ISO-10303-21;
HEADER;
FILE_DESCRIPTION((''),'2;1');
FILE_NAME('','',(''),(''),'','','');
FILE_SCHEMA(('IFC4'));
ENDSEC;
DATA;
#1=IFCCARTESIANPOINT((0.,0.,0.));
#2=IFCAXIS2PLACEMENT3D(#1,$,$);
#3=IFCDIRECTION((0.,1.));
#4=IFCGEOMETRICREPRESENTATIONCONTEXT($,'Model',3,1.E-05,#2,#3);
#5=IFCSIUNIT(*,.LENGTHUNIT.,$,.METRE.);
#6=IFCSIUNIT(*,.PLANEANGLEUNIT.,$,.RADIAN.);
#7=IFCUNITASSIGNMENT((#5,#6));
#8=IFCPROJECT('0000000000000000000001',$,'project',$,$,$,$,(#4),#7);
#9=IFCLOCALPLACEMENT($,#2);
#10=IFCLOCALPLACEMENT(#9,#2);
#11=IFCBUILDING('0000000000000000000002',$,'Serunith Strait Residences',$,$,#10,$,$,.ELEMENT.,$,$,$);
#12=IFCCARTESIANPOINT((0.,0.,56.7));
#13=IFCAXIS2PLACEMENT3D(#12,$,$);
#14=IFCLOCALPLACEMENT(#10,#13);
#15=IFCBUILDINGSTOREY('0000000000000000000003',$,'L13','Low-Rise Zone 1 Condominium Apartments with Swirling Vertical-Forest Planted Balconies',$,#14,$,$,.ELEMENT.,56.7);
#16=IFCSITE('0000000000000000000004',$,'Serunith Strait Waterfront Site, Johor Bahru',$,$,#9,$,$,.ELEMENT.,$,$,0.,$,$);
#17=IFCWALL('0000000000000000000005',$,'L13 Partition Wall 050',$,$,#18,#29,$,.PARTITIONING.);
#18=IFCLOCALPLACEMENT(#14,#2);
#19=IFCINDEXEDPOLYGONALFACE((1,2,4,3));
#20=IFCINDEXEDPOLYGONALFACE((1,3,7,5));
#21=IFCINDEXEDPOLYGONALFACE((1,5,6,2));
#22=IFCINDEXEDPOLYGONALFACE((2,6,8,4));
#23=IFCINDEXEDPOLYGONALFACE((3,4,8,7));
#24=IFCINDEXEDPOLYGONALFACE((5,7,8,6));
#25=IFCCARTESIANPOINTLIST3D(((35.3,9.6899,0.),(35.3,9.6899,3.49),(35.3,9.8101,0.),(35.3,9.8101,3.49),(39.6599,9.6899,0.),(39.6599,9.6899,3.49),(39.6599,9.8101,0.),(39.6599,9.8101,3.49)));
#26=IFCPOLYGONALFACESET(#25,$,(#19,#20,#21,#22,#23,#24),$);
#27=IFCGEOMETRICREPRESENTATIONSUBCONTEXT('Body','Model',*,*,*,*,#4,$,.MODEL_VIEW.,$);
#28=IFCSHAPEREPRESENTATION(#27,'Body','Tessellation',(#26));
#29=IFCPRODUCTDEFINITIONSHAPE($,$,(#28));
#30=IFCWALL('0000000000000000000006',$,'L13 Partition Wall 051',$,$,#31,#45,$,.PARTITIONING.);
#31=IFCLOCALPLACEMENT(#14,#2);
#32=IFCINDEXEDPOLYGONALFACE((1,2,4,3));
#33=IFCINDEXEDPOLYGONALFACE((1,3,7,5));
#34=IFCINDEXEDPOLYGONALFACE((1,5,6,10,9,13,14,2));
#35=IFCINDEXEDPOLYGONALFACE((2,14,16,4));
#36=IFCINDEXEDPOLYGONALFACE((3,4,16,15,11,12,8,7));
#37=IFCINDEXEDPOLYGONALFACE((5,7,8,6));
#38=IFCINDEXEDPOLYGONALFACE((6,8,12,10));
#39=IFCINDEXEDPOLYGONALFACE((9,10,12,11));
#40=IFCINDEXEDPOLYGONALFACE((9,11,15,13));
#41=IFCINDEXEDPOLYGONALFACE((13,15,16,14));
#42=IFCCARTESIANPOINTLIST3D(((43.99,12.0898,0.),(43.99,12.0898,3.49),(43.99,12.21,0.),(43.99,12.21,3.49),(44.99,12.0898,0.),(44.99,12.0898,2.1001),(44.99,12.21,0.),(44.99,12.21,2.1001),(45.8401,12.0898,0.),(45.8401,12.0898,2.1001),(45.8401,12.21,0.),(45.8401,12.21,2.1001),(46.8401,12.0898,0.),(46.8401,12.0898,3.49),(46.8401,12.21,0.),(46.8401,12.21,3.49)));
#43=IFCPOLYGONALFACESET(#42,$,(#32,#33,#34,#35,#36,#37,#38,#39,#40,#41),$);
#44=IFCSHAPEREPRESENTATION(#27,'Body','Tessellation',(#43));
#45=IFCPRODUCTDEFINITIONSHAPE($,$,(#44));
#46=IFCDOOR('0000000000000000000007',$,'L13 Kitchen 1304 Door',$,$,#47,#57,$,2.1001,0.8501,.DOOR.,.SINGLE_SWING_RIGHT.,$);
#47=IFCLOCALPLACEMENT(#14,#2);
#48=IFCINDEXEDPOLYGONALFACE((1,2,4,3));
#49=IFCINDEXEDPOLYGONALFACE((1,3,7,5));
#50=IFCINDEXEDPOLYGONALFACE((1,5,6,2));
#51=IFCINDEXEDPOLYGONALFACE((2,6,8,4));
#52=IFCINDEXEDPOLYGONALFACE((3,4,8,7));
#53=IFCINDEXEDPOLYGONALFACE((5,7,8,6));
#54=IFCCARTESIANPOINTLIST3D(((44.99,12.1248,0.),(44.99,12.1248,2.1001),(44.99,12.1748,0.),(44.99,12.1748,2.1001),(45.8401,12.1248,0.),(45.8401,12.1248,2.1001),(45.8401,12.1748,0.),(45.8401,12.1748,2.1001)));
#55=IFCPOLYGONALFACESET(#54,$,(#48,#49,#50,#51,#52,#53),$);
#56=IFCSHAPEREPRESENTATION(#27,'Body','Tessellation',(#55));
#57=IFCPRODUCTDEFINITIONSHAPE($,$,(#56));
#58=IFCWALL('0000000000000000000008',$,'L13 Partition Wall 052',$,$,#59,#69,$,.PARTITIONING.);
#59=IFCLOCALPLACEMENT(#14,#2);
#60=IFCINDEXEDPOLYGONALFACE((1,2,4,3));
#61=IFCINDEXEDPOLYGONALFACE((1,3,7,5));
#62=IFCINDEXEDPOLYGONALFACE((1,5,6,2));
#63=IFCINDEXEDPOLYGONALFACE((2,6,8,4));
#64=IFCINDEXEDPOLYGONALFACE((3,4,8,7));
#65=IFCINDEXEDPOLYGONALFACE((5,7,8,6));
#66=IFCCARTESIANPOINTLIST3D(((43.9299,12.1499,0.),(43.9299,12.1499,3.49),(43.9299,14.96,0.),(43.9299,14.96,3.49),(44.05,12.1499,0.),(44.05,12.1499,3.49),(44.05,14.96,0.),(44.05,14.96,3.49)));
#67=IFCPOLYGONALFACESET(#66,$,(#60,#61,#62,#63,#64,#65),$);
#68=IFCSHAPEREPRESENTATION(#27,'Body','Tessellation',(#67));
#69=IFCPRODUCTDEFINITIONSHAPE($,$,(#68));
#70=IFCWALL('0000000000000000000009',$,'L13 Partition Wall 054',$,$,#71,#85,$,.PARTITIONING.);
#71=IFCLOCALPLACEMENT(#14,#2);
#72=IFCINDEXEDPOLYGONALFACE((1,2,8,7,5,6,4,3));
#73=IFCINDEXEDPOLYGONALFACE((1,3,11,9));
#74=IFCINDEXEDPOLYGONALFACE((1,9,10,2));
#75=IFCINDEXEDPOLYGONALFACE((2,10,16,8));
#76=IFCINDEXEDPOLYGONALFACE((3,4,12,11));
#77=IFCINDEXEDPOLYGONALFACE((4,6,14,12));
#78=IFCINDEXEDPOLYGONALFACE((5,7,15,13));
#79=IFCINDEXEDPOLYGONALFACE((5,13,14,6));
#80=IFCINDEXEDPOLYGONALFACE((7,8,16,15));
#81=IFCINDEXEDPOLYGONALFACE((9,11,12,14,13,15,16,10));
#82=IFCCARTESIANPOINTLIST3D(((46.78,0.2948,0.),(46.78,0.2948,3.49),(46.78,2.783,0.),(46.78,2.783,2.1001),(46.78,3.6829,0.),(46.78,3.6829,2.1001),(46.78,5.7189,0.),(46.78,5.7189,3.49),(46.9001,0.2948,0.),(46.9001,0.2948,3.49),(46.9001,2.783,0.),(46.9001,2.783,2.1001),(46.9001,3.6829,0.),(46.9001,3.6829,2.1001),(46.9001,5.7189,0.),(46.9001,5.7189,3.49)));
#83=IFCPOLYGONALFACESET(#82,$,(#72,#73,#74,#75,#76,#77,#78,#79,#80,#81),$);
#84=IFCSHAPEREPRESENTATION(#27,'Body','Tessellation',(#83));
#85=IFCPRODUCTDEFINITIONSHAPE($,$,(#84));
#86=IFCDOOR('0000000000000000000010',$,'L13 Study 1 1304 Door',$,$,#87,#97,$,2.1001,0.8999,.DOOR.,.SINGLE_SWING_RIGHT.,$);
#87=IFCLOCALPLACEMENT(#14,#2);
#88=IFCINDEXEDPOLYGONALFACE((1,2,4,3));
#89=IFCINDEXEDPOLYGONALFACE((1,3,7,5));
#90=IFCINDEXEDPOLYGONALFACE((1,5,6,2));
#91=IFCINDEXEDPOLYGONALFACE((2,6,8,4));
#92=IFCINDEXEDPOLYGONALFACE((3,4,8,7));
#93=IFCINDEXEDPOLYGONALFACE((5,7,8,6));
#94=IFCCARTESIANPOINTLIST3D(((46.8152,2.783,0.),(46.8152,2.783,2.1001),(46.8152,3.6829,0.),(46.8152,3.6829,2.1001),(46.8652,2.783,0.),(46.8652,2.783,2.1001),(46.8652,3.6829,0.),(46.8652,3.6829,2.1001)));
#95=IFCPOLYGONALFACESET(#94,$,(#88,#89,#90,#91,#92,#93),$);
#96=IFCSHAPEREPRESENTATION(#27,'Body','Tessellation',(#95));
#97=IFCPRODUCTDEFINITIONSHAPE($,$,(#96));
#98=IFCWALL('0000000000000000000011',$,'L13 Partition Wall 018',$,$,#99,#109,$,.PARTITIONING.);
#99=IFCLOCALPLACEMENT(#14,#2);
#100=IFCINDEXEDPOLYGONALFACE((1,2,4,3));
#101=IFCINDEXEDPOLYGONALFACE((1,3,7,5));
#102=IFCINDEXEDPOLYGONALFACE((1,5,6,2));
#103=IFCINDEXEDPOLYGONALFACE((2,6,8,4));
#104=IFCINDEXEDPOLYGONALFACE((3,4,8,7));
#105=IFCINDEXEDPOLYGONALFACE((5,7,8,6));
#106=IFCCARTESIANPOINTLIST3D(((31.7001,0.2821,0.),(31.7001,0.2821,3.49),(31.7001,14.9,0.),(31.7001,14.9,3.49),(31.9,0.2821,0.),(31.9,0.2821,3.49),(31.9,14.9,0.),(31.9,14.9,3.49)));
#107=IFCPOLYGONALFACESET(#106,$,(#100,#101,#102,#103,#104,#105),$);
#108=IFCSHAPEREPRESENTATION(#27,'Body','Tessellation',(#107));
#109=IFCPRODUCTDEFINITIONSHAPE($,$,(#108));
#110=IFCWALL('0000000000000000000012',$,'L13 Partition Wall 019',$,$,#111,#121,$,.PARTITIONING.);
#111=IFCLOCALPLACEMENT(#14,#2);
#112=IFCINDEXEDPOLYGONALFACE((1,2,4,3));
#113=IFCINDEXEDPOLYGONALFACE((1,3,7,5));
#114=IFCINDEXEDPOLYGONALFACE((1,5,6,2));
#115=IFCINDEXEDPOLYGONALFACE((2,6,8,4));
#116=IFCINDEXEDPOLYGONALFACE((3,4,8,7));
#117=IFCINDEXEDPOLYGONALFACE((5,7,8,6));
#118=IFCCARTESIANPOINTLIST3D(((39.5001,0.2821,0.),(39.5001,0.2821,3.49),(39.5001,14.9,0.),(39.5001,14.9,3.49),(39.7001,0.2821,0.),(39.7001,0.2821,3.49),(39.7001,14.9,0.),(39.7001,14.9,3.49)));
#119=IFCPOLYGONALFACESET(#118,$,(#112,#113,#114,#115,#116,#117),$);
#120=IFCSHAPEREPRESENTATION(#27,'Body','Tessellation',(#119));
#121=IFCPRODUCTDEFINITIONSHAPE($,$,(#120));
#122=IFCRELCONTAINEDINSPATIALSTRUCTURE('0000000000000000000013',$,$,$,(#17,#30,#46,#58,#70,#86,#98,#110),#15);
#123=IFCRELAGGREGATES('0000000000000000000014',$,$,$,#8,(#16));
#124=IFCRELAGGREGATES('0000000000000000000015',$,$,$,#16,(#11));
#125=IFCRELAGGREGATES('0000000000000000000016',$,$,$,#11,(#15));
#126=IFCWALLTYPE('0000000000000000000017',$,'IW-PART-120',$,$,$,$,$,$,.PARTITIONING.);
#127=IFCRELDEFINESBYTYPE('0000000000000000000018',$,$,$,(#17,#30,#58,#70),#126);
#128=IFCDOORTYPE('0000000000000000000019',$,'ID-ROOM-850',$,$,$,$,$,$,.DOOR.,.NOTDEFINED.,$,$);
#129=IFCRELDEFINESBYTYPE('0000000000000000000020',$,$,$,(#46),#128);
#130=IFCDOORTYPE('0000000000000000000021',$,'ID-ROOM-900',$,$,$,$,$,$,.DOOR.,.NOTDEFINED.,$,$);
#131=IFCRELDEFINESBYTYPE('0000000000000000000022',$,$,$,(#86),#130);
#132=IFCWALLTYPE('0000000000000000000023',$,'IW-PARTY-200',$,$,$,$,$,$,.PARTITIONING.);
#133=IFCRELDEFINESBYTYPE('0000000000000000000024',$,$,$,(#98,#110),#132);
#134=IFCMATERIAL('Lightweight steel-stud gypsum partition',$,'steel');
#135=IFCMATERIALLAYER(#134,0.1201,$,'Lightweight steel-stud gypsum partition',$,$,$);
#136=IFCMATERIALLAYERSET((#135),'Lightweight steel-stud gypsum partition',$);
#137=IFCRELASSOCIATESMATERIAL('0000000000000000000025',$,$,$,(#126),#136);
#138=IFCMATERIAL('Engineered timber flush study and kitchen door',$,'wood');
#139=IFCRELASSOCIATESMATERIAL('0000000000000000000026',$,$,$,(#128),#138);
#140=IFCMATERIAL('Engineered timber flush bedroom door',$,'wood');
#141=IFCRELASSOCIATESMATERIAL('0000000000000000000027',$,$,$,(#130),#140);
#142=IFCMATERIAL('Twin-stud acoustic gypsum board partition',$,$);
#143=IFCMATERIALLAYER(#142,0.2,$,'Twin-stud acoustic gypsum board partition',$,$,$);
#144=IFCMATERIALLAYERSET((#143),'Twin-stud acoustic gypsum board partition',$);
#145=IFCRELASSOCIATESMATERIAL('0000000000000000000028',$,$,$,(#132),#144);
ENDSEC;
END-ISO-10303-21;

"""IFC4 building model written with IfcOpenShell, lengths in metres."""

from ifc_helpers import new_model, si_unit, direction, frame, frame_2d, origin, place, context, subcontext, project, spatial, rectangle, extrude, source, transform, mapped, material, layer, layer_set, type_object, element, fill, save


model = new_model("IFC4")

# Units and contexts
model_context = context("Model", 3, precision=1e-05, world=origin(), true_north=direction((0.0, 1.0)))
body_context = subcontext(model_context, "Body", "Model", "MODEL_VIEW")
ifc_project = project(units=[si_unit("LENGTHUNIT", "METRE"), si_unit("PLANEANGLEUNIT", "RADIAN")], contexts=[model_context])

# Site, building, storey
site_placement = place(None, origin())
site = spatial("IfcSite", under=ifc_project, at=site_placement, Name="Serunith Strait Waterfront Site, Johor Bahru", CompositionType="ELEMENT", RefElevation=0.0)
building_placement = place(site_placement, origin())
building = spatial("IfcBuilding", under=site, at=building_placement, Name="Serunith Strait Residences", CompositionType="ELEMENT")
storey_placement = place(building_placement, frame((0.0, 0.0, 56.7)))
storey = spatial("IfcBuildingStorey", under=building, at=storey_placement, Name="L13", Description="Low-Rise Zone 1 Condominium Apartments with Swirling Vertical-Forest Planted Balconies", CompositionType="ELEMENT", Elevation=56.7)

# Shared definitions
ifc_material_1 = material(Name="Lightweight steel-stud gypsum partition", Category="steel")
ifc_layer_1 = layer(ifc_material_1, 0.1201, Name="Lightweight steel-stud gypsum partition")
ifc_layer_set_1 = layer_set([ifc_layer_1], Name="Lightweight steel-stud gypsum partition")
wall_type_1 = type_object("IfcWallType", Name="IW-PART-120", PredefinedType="PARTITIONING", material=ifc_layer_set_1)
ifc_material_2 = material(Name="Engineered timber flush study and kitchen door", Category="wood")
door_type_1 = type_object("IfcDoorType", Name="ID-ROOM-850", OperationType="NOTDEFINED", PredefinedType="DOOR", material=ifc_material_2)
shared_shape_1 = source(origin(), body_context, "Body", "SweptSolid", [
    extrude(rectangle(XDim=0.8501, YDim=2.1001, at=frame_2d((0.425, 1.05))), frame((0.0, 0.0249, 0.0), z_axis=(0.0, -1.0, 0.0), x_axis=(1.0, 0.0, 0.0)), (0.0, 0.0, 1.0), 0.05),
])

# Wall
for number, where, z_axis, x_axis, name in (
    (1, (35.3, 9.75, 0.0), (0.0, 0.0, 1.0), (1.0, 0.0, 0.0), "L13 Partition Wall 050"),
):
    element("IfcWall", number, at=place(storey_placement, frame(where, z_axis=z_axis, x_axis=x_axis)), inside=storey, type_object=wall_type_1, Name=name, PredefinedType="PARTITIONING", context=body_context, shape_type="SweptSolid", body=[
        extrude(rectangle(XDim=4.3599, YDim=0.1201, at=frame_2d((2.1799, 0.0))), origin(), (0.0, 0.0, 1.0), 3.49),
    ])

# Wall, opening, door
wall_1_placement = place(storey_placement, frame((43.99, 12.1499, 0.0), z_axis=(0.0, 0.0, 1.0), x_axis=(1.0, 0.0, 0.0)))
wall_1 = element("IfcWall", 2, at=wall_1_placement, inside=storey, type_object=wall_type_1, Name="L13 Partition Wall 051", PredefinedType="PARTITIONING", context=body_context, shape_type="SweptSolid", body=[
    extrude(rectangle(XDim=2.8501, YDim=0.1201, at=frame_2d((1.425, 0.0))), origin(), (0.0, 0.0, 1.0), 3.49),
])
opening_1_placement = place(wall_1_placement, frame((1.0, 0.0, 0.0)))
opening_1 = element("IfcOpeningElement", 3, at=opening_1_placement, cuts=wall_1, PredefinedType="OPENING", context=body_context, shape_type="SweptSolid", body=[
    extrude(rectangle(XDim=0.8501, YDim=2.1001, at=frame_2d((0.425, 1.05))), frame((0.0, 0.0701, 0.0), z_axis=(0.0, -1.0, 0.0), x_axis=(1.0, 0.0, 0.0)), (0.0, 0.0, 1.0), 0.1401),
])
door_1_placement = place(opening_1_placement, origin())
door_1 = element("IfcDoor", 4, at=door_1_placement, inside=storey, type_object=door_type_1, Name="L13 Kitchen 1304 Door", OperationType="SINGLE_SWING_RIGHT", OverallHeight=2.1001, OverallWidth=0.8501, PredefinedType="DOOR", context=body_context, shape_type="MappedRepresentation", body=[
    mapped(shared_shape_1, transform((0.0, 0.0, 0.0), scale=1.0)),
])
fill(opening_1, door_1)

# Wall
wall_2_placement = place(storey_placement, frame((43.99, 12.1499, 0.0), z_axis=(0.0, 0.0, 1.0), x_axis=(0.0, 1.0, 0.0)))
element("IfcWall", 5, at=wall_2_placement, inside=storey, type_object=wall_type_1, Name="L13 Partition Wall 052", PredefinedType="PARTITIONING", context=body_context, shape_type="SweptSolid", body=[
    extrude(rectangle(XDim=2.8101, YDim=0.1201, at=frame_2d((1.405, 0.0))), origin(), (0.0, 0.0, 1.0), 3.49),
])

# Wall, opening, door
wall_3_placement = place(storey_placement, frame((46.8401, 0.2949, 0.0), z_axis=(0.0, 0.0, 1.0), x_axis=(0.0, 1.0, 0.0)))
wall_3 = element("IfcWall", 6, at=wall_3_placement, inside=storey, type_object=wall_type_1, Name="L13 Partition Wall 054", PredefinedType="PARTITIONING", context=body_context, shape_type="SweptSolid", body=[
    extrude(rectangle(XDim=5.4241, YDim=0.1201, at=frame_2d((2.7119, 0.0))), origin(), (0.0, 0.0, 1.0), 3.49),
])
opening_2_placement = place(wall_3_placement, frame((2.488, 0.0, 0.0)))
opening_2 = element("IfcOpeningElement", 7, at=opening_2_placement, cuts=wall_3, PredefinedType="OPENING", context=body_context, shape_type="SweptSolid", body=[
    extrude(rectangle(XDim=0.8999, YDim=2.1001, at=frame_2d((0.45, 1.05))), frame((0.0, 0.0701, 0.0), z_axis=(0.0, -1.0, 0.0), x_axis=(1.0, 0.0, 0.0)), (0.0, 0.0, 1.0), 0.1401),
])
ifc_material_3 = material(Name="Engineered timber flush bedroom door", Category="wood")
door_type_2 = type_object("IfcDoorType", Name="ID-ROOM-900", OperationType="NOTDEFINED", PredefinedType="DOOR", material=ifc_material_3)
shared_shape_2 = source(origin(), body_context, "Body", "SweptSolid", [
    extrude(rectangle(XDim=0.8999, YDim=2.1001, at=frame_2d((0.45, 1.05))), frame((0.0, 0.0249, 0.0), z_axis=(0.0, -1.0, 0.0), x_axis=(1.0, 0.0, 0.0)), (0.0, 0.0, 1.0), 0.05),
])
door_2_placement = place(opening_2_placement, origin())
door_2 = element("IfcDoor", 8, at=door_2_placement, inside=storey, type_object=door_type_2, Name="L13 Study 1 1304 Door", OperationType="SINGLE_SWING_RIGHT", OverallHeight=2.1001, OverallWidth=0.8999, PredefinedType="DOOR", context=body_context, shape_type="MappedRepresentation", body=[
    mapped(shared_shape_2, transform((0.0, 0.0, 0.0), scale=1.0)),
])
fill(opening_2, door_2)

# Walls
ifc_material_4 = material(Name="Twin-stud acoustic gypsum board partition")
ifc_layer_2 = layer(ifc_material_4, 0.2, Name="Twin-stud acoustic gypsum board partition")
ifc_layer_set_2 = layer_set([ifc_layer_2], Name="Twin-stud acoustic gypsum board partition")
wall_type_2 = type_object("IfcWallType", Name="IW-PARTY-200", PredefinedType="PARTITIONING", material=ifc_layer_set_2)
for number, where, z_axis, x_axis, name in (
    (9, (31.8, 0.282, 0.0), (0.0, 0.0, 1.0), (0.0, 1.0, 0.0), "L13 Partition Wall 018"),
    (10, (39.6001, 0.282, 0.0), (0.0, 0.0, 1.0), (0.0, 1.0, 0.0), "L13 Partition Wall 019"),
):
    element("IfcWall", number, at=place(storey_placement, frame(where, z_axis=z_axis, x_axis=x_axis)), inside=storey, type_object=wall_type_2, Name=name, PredefinedType="PARTITIONING", context=body_context, shape_type="SweptSolid", body=[
        extrude(rectangle(XDim=14.6179, YDim=0.2, at=frame_2d((7.3091, 0.0))), origin(), (0.0, 0.0, 1.0), 3.49),
    ])

save(model, "model.ifc")
